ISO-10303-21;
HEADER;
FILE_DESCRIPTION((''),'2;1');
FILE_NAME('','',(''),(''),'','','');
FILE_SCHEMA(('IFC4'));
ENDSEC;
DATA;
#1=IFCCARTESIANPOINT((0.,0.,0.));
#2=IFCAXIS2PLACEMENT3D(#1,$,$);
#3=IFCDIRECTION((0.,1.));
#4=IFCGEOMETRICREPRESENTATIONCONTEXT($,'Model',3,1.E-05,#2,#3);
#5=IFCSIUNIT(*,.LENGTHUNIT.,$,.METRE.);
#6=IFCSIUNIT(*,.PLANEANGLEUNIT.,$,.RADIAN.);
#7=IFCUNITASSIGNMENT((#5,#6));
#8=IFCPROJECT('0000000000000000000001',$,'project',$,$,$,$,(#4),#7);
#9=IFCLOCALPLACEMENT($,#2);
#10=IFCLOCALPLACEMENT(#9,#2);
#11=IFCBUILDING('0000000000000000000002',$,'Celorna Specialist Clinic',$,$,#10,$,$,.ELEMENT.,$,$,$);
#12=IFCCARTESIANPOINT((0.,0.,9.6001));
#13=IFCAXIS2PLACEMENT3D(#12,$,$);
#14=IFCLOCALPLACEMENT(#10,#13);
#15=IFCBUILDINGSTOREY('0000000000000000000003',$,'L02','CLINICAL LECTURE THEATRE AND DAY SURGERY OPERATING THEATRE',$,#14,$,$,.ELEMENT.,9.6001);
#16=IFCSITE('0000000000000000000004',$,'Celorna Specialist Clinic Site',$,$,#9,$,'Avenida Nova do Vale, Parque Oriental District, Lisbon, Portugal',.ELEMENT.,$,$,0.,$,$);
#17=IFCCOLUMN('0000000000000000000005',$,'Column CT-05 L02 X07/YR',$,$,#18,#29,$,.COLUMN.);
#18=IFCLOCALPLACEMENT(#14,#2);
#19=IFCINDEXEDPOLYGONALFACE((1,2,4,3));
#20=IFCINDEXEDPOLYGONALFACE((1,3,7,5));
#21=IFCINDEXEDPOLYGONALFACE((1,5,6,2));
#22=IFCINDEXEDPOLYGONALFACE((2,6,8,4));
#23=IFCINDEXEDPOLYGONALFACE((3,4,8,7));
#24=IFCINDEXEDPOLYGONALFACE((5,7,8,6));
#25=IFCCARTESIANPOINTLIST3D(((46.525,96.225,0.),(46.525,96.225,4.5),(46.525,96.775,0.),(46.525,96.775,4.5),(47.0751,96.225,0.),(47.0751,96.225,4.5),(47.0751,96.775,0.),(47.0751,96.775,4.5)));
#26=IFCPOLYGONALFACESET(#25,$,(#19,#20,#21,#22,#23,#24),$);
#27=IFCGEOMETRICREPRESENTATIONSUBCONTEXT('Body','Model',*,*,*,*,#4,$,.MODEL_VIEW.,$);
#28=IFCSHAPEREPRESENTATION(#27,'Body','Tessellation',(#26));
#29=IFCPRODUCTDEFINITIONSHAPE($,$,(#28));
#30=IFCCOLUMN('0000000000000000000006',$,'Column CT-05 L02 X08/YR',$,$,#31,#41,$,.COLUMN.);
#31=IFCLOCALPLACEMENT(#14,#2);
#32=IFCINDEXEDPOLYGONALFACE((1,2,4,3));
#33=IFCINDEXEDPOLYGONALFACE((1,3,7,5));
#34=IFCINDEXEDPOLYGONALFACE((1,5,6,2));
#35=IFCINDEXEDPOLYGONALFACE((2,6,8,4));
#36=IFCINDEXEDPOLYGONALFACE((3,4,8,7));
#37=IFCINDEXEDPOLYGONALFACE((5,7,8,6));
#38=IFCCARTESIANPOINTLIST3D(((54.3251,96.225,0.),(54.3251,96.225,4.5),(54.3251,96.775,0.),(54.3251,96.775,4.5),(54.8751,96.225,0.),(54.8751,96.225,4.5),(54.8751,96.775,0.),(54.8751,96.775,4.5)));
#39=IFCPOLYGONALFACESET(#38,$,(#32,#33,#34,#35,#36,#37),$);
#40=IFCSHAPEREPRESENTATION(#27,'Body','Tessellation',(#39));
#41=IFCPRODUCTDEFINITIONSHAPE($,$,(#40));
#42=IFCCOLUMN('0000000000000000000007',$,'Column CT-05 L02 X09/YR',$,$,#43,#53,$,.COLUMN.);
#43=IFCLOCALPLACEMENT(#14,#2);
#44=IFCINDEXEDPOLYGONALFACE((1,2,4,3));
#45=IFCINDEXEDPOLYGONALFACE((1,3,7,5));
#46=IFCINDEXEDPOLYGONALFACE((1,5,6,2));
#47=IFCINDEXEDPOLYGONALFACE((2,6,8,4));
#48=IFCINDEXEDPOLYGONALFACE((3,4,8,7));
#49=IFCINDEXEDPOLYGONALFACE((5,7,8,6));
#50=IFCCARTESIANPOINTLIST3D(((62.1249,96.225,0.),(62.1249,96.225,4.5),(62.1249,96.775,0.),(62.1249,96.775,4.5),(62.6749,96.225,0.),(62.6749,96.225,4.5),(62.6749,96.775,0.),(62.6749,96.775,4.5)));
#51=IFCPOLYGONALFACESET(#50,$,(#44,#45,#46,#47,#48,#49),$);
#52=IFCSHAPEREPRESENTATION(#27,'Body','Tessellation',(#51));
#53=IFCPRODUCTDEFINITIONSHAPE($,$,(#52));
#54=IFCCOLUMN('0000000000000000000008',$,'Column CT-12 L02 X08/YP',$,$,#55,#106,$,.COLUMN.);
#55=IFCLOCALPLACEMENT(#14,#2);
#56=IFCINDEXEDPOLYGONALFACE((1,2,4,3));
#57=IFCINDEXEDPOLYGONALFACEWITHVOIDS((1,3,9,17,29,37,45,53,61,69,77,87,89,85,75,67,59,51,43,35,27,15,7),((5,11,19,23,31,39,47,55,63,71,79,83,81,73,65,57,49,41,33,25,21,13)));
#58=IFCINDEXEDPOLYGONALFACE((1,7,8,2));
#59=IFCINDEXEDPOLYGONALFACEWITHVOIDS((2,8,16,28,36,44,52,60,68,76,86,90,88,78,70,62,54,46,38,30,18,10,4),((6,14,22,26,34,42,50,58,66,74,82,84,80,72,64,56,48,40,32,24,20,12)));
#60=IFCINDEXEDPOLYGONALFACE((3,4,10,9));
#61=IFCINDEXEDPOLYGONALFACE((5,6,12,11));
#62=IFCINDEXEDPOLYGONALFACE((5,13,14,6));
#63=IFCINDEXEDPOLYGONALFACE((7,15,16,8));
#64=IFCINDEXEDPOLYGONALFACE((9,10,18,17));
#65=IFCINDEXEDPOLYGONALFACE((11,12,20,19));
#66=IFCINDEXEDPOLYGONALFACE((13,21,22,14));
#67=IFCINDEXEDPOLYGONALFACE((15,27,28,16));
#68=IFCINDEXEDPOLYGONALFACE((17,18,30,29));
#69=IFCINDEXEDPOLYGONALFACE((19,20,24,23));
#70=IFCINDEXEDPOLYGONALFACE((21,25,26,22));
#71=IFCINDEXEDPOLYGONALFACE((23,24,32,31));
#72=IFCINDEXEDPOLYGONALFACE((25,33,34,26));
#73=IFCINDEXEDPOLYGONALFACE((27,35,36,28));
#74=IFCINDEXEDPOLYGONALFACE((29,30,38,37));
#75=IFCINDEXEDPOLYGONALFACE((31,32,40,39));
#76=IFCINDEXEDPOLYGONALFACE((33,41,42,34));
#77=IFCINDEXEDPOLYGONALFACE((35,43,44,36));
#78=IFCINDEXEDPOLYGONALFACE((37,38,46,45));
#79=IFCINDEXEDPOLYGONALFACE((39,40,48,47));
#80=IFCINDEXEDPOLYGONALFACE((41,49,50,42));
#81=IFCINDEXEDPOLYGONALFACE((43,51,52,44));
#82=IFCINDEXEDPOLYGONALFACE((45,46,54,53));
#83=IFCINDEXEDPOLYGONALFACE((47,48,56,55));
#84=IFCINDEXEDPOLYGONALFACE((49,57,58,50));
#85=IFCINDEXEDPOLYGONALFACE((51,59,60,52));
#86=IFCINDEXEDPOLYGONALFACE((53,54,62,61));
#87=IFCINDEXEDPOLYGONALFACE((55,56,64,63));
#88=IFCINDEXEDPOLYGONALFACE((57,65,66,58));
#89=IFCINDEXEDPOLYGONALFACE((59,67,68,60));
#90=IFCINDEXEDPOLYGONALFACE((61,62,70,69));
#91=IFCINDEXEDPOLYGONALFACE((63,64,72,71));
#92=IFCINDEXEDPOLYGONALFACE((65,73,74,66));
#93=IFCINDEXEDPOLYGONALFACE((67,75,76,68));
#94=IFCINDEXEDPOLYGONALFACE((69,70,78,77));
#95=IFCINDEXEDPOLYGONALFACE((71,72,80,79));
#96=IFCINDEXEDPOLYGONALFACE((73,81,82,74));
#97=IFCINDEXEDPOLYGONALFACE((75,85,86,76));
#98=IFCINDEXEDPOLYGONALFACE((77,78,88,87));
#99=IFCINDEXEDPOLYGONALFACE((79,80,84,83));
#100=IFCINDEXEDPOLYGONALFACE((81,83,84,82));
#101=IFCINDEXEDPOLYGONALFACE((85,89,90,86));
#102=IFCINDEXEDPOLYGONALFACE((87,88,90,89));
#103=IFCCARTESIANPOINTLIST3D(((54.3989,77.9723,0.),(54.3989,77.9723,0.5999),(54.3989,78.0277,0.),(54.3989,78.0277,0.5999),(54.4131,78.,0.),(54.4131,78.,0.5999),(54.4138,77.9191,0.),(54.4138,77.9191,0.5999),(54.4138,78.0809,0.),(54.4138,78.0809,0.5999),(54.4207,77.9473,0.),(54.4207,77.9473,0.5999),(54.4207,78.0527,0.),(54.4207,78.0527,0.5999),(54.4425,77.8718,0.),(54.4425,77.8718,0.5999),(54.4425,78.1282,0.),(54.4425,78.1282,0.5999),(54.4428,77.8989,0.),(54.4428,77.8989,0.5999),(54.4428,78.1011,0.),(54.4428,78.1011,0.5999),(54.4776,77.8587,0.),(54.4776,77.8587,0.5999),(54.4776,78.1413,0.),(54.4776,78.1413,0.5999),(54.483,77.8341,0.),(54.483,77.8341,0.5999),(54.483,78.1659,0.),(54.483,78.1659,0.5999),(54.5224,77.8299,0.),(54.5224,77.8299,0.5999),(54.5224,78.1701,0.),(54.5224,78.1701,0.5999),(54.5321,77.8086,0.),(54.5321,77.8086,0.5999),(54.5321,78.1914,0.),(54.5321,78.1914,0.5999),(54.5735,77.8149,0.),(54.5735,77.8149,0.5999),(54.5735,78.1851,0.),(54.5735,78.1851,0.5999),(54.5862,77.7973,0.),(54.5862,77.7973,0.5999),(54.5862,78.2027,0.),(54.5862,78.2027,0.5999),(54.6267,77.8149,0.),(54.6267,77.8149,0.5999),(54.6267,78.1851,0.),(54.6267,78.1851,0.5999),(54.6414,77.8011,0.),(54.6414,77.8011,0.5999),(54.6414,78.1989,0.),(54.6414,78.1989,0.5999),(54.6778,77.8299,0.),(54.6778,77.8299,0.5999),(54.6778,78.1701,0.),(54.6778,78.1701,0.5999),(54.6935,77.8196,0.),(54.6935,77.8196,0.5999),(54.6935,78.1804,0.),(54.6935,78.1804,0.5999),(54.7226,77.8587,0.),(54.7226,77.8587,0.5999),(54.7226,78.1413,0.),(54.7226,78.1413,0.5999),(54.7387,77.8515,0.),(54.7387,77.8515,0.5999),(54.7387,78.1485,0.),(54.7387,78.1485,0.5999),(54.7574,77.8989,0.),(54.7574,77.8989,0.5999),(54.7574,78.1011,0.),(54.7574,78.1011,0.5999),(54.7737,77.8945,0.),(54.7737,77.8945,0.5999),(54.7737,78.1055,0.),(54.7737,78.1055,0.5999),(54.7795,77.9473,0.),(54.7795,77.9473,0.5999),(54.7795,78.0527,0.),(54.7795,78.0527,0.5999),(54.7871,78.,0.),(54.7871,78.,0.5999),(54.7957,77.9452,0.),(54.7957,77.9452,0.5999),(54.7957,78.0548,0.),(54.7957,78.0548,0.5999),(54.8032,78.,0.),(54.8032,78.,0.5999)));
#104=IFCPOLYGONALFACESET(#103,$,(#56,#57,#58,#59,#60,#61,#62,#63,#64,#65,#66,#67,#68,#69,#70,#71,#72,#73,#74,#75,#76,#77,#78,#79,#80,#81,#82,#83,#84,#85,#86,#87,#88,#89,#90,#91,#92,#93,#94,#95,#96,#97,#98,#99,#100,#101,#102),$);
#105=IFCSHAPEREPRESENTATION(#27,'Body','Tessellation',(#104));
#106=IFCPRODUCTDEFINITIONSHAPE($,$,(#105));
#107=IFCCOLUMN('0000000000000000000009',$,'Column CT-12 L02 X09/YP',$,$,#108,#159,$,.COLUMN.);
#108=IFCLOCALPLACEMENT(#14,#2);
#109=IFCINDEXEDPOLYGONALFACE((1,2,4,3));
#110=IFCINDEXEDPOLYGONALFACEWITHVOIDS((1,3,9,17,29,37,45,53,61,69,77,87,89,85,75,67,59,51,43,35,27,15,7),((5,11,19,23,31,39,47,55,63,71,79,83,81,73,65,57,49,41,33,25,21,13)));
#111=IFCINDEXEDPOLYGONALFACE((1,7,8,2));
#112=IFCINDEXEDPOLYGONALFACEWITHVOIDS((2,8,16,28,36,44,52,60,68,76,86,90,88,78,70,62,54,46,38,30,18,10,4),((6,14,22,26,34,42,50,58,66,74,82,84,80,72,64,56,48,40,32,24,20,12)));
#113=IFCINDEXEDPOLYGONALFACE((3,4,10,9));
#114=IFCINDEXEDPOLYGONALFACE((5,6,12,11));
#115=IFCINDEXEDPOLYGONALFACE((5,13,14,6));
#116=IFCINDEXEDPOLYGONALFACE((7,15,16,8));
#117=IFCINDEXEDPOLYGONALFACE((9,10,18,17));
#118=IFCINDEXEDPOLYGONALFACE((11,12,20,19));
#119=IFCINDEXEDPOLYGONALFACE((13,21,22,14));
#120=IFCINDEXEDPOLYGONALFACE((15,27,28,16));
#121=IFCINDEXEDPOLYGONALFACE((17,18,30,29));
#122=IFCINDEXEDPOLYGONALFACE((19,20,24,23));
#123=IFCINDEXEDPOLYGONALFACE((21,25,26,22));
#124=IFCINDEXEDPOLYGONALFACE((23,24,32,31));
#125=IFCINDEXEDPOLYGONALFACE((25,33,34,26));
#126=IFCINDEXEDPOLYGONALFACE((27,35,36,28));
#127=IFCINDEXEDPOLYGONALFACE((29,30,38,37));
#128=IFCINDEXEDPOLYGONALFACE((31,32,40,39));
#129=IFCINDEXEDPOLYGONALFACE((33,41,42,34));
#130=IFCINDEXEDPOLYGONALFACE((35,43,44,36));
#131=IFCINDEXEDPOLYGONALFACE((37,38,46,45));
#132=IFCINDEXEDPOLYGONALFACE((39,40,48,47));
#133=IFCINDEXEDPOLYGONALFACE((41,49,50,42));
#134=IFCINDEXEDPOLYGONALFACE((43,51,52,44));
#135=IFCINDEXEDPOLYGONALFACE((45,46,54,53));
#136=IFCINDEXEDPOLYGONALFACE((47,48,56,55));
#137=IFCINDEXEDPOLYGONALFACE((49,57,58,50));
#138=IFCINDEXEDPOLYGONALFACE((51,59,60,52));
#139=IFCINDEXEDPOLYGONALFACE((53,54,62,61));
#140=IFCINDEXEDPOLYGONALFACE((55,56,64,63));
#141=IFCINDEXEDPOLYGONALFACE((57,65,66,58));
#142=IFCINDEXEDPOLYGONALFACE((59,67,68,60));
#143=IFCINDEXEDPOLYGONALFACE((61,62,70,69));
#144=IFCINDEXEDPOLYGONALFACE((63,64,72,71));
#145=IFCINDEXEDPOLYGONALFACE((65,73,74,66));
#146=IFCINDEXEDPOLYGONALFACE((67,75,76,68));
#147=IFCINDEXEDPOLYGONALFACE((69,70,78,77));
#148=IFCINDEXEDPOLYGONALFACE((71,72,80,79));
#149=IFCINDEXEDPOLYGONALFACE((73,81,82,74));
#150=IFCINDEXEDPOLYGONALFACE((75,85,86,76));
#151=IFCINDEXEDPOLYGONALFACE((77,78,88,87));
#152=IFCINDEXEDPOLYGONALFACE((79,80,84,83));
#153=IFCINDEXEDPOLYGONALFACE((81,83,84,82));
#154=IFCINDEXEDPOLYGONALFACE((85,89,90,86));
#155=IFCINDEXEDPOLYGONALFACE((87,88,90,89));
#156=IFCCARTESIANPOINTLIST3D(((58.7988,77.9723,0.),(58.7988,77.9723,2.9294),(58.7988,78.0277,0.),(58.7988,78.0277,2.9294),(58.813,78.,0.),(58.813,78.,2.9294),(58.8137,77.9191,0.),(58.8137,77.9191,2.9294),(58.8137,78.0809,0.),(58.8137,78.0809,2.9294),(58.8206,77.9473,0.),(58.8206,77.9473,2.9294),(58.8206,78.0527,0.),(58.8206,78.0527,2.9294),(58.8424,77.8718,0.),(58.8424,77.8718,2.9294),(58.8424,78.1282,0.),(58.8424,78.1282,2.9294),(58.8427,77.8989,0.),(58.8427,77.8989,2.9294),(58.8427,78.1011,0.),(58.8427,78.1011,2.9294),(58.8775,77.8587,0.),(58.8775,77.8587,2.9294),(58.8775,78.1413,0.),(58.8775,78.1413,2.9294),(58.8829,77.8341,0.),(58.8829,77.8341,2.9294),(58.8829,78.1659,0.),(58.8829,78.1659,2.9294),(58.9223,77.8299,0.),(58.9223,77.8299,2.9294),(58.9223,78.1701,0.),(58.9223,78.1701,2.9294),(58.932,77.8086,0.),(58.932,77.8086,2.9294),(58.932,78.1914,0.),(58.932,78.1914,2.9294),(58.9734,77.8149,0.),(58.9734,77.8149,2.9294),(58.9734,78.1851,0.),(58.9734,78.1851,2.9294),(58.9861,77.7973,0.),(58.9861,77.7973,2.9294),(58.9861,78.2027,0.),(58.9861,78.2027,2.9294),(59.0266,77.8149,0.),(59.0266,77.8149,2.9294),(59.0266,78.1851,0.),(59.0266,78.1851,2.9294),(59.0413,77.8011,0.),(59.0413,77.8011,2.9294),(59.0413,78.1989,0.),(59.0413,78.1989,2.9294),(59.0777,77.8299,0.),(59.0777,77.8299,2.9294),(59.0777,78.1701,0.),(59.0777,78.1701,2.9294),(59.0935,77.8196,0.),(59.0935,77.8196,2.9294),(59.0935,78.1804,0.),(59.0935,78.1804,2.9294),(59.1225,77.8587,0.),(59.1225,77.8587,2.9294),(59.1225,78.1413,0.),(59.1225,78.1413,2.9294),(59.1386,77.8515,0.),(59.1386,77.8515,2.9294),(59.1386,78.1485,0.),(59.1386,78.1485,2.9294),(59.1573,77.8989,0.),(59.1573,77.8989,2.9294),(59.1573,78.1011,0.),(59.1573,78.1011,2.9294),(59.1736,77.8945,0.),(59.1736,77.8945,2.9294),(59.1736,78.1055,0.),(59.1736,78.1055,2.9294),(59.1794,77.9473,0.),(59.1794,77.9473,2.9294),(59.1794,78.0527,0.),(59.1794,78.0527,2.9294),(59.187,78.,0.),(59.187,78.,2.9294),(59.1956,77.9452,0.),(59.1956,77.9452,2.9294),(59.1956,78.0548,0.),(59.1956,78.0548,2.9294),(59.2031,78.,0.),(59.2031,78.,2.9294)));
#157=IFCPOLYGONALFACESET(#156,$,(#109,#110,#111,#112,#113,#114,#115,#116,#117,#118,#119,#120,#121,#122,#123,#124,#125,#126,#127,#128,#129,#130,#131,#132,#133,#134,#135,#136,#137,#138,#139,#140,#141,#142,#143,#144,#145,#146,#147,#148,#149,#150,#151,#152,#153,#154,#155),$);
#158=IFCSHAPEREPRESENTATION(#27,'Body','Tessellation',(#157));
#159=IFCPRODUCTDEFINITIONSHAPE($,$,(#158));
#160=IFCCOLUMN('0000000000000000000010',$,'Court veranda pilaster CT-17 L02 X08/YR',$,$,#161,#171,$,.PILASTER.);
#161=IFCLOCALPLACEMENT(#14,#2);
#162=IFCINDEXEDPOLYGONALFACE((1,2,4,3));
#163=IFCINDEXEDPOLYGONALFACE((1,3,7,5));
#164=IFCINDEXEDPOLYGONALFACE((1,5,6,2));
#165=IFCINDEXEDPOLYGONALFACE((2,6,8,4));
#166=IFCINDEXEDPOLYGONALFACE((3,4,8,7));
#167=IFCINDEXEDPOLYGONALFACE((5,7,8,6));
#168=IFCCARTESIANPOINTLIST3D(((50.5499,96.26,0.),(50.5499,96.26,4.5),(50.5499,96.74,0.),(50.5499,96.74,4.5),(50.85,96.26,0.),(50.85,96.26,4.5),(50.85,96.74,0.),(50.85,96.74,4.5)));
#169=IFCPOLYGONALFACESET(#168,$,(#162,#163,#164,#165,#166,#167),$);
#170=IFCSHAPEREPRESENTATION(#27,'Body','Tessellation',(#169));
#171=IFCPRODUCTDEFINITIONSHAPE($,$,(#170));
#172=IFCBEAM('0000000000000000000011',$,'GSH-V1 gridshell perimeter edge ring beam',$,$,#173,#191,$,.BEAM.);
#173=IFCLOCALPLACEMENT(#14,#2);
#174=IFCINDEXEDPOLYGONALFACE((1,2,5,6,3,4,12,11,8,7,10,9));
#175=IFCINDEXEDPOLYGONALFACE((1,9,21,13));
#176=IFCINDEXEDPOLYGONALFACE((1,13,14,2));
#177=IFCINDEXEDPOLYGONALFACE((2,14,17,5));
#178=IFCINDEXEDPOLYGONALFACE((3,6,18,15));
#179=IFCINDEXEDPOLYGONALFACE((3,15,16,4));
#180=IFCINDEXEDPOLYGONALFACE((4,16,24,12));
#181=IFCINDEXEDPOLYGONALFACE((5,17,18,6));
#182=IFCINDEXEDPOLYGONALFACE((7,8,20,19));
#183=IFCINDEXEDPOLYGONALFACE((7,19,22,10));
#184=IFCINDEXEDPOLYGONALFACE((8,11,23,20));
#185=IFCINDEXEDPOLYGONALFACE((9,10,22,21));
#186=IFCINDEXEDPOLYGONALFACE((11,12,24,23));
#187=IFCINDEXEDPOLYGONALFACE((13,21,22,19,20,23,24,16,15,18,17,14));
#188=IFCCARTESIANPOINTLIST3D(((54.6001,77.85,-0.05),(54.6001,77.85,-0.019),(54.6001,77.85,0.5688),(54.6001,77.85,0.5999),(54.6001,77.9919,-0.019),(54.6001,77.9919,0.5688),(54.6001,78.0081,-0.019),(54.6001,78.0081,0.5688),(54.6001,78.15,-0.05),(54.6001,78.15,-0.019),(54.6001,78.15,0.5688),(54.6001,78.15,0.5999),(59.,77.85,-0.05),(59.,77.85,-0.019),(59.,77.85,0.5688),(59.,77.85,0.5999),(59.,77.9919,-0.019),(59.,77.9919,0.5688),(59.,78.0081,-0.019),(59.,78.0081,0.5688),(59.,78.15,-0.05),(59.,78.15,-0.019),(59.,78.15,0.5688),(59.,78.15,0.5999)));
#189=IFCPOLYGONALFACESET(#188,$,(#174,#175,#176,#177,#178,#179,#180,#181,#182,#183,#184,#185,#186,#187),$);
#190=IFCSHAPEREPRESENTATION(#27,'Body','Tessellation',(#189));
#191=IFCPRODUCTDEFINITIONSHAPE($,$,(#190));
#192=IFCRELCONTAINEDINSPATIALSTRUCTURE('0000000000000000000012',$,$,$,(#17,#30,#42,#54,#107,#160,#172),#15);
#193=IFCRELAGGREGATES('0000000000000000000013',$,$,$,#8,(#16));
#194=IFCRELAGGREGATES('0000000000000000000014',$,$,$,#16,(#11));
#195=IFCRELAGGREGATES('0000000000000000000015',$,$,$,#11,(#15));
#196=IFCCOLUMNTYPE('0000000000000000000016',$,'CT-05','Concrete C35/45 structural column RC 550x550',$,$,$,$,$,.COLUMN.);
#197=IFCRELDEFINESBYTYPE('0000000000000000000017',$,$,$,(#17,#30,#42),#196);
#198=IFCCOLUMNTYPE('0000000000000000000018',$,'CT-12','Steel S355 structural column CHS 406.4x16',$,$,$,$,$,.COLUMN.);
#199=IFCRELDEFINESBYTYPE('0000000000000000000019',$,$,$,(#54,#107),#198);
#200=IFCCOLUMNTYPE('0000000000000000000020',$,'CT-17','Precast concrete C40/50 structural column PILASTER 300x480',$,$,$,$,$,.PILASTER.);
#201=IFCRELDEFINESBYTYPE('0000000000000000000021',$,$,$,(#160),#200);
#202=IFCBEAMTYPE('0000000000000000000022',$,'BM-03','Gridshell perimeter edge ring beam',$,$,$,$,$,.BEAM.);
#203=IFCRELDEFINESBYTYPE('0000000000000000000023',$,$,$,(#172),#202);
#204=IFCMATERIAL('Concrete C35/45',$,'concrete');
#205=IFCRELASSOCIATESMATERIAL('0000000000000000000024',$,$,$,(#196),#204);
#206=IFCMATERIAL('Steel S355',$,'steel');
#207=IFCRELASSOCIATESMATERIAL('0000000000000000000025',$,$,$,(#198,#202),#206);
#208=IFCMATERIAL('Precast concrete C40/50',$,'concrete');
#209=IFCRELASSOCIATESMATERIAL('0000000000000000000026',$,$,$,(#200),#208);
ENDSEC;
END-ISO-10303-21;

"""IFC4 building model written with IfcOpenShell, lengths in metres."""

from ifc_helpers import new_model, si_unit, direction, frame, origin, origin_2d, place, context, subcontext, project, spatial, rectangle, hollow_circle, i_section, extrude, material, material_profile, profile_set, type_object, element, save


model = new_model("IFC4")

# Units and contexts
model_context = context("Model", 3, precision=1e-05, world=origin(), true_north=direction((0.0, 1.0)))
body_context = subcontext(model_context, "Body", "Model", "MODEL_VIEW")
ifc_project = project(units=[si_unit("LENGTHUNIT", "METRE"), si_unit("PLANEANGLEUNIT", "RADIAN")], contexts=[model_context])

# Site, building, storey
site_placement = place(None, origin())
site = spatial("IfcSite", under=ifc_project, at=site_placement, Name="Celorna Specialist Clinic Site", LongName="Avenida Nova do Vale, Parque Oriental District, Lisbon, Portugal", CompositionType="ELEMENT", RefElevation=0.0)
building_placement = place(site_placement, origin())
building = spatial("IfcBuilding", under=site, at=building_placement, Name="Celorna Specialist Clinic", CompositionType="ELEMENT")
storey_placement = place(building_placement, frame((0.0, 0.0, 9.6001)))
storey = spatial("IfcBuildingStorey", under=building, at=storey_placement, Name="L02", Description="CLINICAL LECTURE THEATRE AND DAY SURGERY OPERATING THEATRE", CompositionType="ELEMENT", Elevation=9.6001)

# Columns
ifc_material_1 = material(Name="Concrete C35/45", Category="concrete")
ifc_material_profile_1 = material_profile(ifc_material_1, rectangle(XDim=0.55, YDim=0.55, at=origin_2d()), Name="RC 550x550")
ifc_profile_set_1 = profile_set([ifc_material_profile_1], Name="Concrete C35/45")
column_type_1 = type_object("IfcColumnType", Name="CT-05", Description="Concrete C35/45 structural column RC 550x550", PredefinedType="COLUMN", material=ifc_profile_set_1)
for number, where, z_axis, x_axis, name in (
    (1, (46.8, 96.5, 0.0), (0.0, 0.0, 1.0), (1.0, 0.0, 0.0), "Column CT-05 L02 X07/YR"),
    (2, (54.6001, 96.5, 0.0), (0.0, 0.0, 1.0), (1.0, 0.0, 0.0), "Column CT-05 L02 X08/YR"),
    (3, (62.3999, 96.5, 0.0), (0.0, 0.0, 1.0), (1.0, 0.0, 0.0), "Column CT-05 L02 X09/YR"),
):
    element("IfcColumn", number, at=place(storey_placement, frame(where, z_axis=z_axis, x_axis=x_axis)), inside=storey, type_object=column_type_1, Name=name, PredefinedType="COLUMN", context=body_context, shape_type="SweptSolid", body=[
        extrude(rectangle(XDim=0.55, YDim=0.55, at=origin_2d()), origin(), (0.0, 0.0, 1.0), 4.5),
    ])
ifc_material_2 = material(Name="Steel S355", Category="steel")
ifc_material_profile_2 = material_profile(ifc_material_2, hollow_circle(Radius=0.2031, WallThickness=0.0161, at=origin_2d()), Name="CHS 406.4x16")
ifc_profile_set_2 = profile_set([ifc_material_profile_2], Name="Steel S355")
column_type_2 = type_object("IfcColumnType", Name="CT-12", Description="Steel S355 structural column CHS 406.4x16", PredefinedType="COLUMN", material=ifc_profile_set_2)
column_1_placement = place(storey_placement, frame((54.6001, 78.0, 0.0), z_axis=(0.0, 0.0, 1.0), x_axis=(1.0, 0.0, 0.0)))
element("IfcColumn", 4, at=column_1_placement, inside=storey, type_object=column_type_2, Name="Column CT-12 L02 X08/YP", PredefinedType="COLUMN", context=body_context, shape_type="SweptSolid", body=[
    extrude(hollow_circle(Radius=0.2031, WallThickness=0.0161, at=origin_2d()), origin(), (0.0, 0.0, 1.0), 0.5999),
])
column_2_placement = place(storey_placement, frame((59.0, 78.0, 0.0), z_axis=(0.0, 0.0, 1.0), x_axis=(1.0, 0.0, 0.0)))
element("IfcColumn", 5, at=column_2_placement, inside=storey, type_object=column_type_2, Name="Column CT-12 L02 X09/YP", PredefinedType="COLUMN", context=body_context, shape_type="SweptSolid", body=[
    extrude(hollow_circle(Radius=0.2031, WallThickness=0.0161, at=origin_2d()), origin(), (0.0, 0.0, 1.0), 2.9294),
])
ifc_material_3 = material(Name="Precast concrete C40/50", Category="concrete")
ifc_material_profile_3 = material_profile(ifc_material_3, rectangle(XDim=0.3, YDim=0.48, at=origin_2d()), Name="PILASTER 300x480")
ifc_profile_set_3 = profile_set([ifc_material_profile_3], Name="Precast concrete C40/50")
column_type_3 = type_object("IfcColumnType", Name="CT-17", Description="Precast concrete C40/50 structural column PILASTER 300x480", PredefinedType="PILASTER", material=ifc_profile_set_3)
column_3_placement = place(storey_placement, frame((50.7, 96.5, 0.0), z_axis=(0.0, 0.0, 1.0), x_axis=(1.0, 0.0, 0.0)))
element("IfcColumn", 6, at=column_3_placement, inside=storey, type_object=column_type_3, Name="Court veranda pilaster CT-17 L02 X08/YR", PredefinedType="PILASTER", context=body_context, shape_type="SweptSolid", body=[
    extrude(rectangle(XDim=0.3, YDim=0.48, at=origin_2d()), origin(), (0.0, 0.0, 1.0), 4.5),
])

# Beam
ifc_material_profile_4 = material_profile(ifc_material_2, i_section(OverallWidth=0.3, OverallDepth=0.6499, WebThickness=0.0161, FlangeThickness=0.031, at=origin_2d()), Name="HE 650 B")
ifc_profile_set_4 = profile_set([ifc_material_profile_4], Name="Steel S355")
beam_type_1 = type_object("IfcBeamType", Name="BM-03", Description="Gridshell perimeter edge ring beam", PredefinedType="BEAM", material=ifc_profile_set_4)
for number, where, z_axis, x_axis, name in (
    (7, (54.6001, 78.0, 0.2749), (1.0, 0.0, 0.0), (0.0, 1.0, 0.0), "GSH-V1 gridshell perimeter edge ring beam"),
):
    element("IfcBeam", number, at=place(storey_placement, frame(where, z_axis=z_axis, x_axis=x_axis)), inside=storey, type_object=beam_type_1, Name=name, PredefinedType="BEAM", context=body_context, shape_type="SweptSolid", body=[
        extrude(i_section(OverallWidth=0.3, OverallDepth=0.6499, WebThickness=0.0161, FlangeThickness=0.031, at=origin_2d()), origin(), (0.0, 0.0, 1.0), 4.3999),
    ])

save(model, "model.ifc")
